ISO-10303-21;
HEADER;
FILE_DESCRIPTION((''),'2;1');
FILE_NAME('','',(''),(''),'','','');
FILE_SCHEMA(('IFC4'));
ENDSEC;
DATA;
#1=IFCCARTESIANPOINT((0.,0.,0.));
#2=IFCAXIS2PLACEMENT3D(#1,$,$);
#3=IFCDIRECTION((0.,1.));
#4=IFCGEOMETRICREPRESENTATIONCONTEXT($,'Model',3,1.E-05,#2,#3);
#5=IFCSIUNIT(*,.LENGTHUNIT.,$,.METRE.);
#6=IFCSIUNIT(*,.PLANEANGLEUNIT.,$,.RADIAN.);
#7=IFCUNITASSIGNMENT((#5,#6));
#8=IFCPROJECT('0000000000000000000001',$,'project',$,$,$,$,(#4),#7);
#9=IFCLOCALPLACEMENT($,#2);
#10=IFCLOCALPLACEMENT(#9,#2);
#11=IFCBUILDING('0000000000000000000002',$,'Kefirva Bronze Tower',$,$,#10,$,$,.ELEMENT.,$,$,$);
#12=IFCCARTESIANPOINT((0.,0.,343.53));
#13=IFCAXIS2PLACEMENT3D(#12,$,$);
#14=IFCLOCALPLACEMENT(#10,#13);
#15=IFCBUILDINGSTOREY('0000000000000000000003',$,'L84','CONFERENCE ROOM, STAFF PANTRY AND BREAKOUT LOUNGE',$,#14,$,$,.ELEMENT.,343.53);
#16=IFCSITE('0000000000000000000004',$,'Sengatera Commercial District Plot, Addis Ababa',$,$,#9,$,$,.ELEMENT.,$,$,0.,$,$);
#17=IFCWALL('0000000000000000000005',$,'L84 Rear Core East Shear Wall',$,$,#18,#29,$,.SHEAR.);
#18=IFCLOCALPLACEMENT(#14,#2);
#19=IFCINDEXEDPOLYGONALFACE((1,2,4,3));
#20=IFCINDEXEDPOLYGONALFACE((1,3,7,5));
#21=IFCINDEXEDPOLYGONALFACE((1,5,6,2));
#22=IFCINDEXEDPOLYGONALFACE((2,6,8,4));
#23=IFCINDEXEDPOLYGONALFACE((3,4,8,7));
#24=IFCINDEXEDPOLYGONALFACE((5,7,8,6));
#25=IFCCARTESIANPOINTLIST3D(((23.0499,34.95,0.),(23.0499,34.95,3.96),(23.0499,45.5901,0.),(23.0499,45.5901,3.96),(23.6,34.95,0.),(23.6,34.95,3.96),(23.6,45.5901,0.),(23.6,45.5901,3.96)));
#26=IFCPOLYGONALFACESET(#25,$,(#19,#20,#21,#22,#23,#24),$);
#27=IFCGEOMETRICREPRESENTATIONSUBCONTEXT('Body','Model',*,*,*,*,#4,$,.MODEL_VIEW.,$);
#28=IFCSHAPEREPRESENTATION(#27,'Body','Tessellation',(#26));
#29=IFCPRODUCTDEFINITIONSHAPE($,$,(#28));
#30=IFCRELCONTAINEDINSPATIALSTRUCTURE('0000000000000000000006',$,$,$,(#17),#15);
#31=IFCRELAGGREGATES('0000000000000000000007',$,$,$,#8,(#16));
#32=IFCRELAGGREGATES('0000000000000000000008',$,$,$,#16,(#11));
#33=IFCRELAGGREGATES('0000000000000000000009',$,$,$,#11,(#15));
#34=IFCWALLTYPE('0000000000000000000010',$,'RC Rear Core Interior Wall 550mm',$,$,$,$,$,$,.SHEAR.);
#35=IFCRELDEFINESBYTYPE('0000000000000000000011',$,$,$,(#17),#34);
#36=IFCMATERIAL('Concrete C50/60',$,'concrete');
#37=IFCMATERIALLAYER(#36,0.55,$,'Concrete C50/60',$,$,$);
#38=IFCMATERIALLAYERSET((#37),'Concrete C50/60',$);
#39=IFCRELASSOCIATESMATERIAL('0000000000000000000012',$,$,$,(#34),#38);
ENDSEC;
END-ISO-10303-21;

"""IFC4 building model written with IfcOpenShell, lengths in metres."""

from ifc_helpers import new_model, si_unit, direction, frame, frame_2d, origin, place, context, subcontext, project, spatial, rectangle, extrude, material, layer, layer_set, type_object, element, save


model = new_model("IFC4")

# Units and contexts
model_context = context("Model", 3, precision=1e-05, world=origin(), true_north=direction((0.0, 1.0)))
body_context = subcontext(model_context, "Body", "Model", "MODEL_VIEW")
ifc_project = project(units=[si_unit("LENGTHUNIT", "METRE"), si_unit("PLANEANGLEUNIT", "RADIAN")], contexts=[model_context])

# Site, building, storey
site_placement = place(None, origin())
site = spatial("IfcSite", under=ifc_project, at=site_placement, Name="Sengatera Commercial District Plot, Addis Ababa", CompositionType="ELEMENT", RefElevation=0.0)
building_placement = place(site_placement, origin())
building = spatial("IfcBuilding", under=site, at=building_placement, Name="Kefirva Bronze Tower", CompositionType="ELEMENT")
storey_placement = place(building_placement, frame((0.0, 0.0, 343.53)))
storey = spatial("IfcBuildingStorey", under=building, at=storey_placement, Name="L84", Description="CONFERENCE ROOM, STAFF PANTRY AND BREAKOUT LOUNGE", CompositionType="ELEMENT", Elevation=343.53)

# Shared definitions
ifc_material_1 = material(Name="Concrete C50/60", Category="concrete")

# Wall
ifc_layer_1 = layer(ifc_material_1, 0.55, Name="Concrete C50/60")
ifc_layer_set_1 = layer_set([ifc_layer_1], Name="Concrete C50/60")
wall_type_1 = type_object("IfcWallType", Name="RC Rear Core Interior Wall 550mm", PredefinedType="SHEAR", material=ifc_layer_set_1)
wall_1_placement = place(storey_placement, frame((23.325, 34.95, 0.0), z_axis=(0.0, 0.0, 1.0), x_axis=(0.0, 1.0, 0.0)))
element("IfcWall", 1, at=wall_1_placement, inside=storey, type_object=wall_type_1, Name="L84 Rear Core East Shear Wall", PredefinedType="SHEAR", context=body_context, shape_type="SweptSolid", body=[
    extrude(rectangle(XDim=10.6401, YDim=0.55, at=frame_2d((5.3201, 0.0))), origin(), (0.0, 0.0, 1.0), 3.96),
])

save(model, "model.ifc")
